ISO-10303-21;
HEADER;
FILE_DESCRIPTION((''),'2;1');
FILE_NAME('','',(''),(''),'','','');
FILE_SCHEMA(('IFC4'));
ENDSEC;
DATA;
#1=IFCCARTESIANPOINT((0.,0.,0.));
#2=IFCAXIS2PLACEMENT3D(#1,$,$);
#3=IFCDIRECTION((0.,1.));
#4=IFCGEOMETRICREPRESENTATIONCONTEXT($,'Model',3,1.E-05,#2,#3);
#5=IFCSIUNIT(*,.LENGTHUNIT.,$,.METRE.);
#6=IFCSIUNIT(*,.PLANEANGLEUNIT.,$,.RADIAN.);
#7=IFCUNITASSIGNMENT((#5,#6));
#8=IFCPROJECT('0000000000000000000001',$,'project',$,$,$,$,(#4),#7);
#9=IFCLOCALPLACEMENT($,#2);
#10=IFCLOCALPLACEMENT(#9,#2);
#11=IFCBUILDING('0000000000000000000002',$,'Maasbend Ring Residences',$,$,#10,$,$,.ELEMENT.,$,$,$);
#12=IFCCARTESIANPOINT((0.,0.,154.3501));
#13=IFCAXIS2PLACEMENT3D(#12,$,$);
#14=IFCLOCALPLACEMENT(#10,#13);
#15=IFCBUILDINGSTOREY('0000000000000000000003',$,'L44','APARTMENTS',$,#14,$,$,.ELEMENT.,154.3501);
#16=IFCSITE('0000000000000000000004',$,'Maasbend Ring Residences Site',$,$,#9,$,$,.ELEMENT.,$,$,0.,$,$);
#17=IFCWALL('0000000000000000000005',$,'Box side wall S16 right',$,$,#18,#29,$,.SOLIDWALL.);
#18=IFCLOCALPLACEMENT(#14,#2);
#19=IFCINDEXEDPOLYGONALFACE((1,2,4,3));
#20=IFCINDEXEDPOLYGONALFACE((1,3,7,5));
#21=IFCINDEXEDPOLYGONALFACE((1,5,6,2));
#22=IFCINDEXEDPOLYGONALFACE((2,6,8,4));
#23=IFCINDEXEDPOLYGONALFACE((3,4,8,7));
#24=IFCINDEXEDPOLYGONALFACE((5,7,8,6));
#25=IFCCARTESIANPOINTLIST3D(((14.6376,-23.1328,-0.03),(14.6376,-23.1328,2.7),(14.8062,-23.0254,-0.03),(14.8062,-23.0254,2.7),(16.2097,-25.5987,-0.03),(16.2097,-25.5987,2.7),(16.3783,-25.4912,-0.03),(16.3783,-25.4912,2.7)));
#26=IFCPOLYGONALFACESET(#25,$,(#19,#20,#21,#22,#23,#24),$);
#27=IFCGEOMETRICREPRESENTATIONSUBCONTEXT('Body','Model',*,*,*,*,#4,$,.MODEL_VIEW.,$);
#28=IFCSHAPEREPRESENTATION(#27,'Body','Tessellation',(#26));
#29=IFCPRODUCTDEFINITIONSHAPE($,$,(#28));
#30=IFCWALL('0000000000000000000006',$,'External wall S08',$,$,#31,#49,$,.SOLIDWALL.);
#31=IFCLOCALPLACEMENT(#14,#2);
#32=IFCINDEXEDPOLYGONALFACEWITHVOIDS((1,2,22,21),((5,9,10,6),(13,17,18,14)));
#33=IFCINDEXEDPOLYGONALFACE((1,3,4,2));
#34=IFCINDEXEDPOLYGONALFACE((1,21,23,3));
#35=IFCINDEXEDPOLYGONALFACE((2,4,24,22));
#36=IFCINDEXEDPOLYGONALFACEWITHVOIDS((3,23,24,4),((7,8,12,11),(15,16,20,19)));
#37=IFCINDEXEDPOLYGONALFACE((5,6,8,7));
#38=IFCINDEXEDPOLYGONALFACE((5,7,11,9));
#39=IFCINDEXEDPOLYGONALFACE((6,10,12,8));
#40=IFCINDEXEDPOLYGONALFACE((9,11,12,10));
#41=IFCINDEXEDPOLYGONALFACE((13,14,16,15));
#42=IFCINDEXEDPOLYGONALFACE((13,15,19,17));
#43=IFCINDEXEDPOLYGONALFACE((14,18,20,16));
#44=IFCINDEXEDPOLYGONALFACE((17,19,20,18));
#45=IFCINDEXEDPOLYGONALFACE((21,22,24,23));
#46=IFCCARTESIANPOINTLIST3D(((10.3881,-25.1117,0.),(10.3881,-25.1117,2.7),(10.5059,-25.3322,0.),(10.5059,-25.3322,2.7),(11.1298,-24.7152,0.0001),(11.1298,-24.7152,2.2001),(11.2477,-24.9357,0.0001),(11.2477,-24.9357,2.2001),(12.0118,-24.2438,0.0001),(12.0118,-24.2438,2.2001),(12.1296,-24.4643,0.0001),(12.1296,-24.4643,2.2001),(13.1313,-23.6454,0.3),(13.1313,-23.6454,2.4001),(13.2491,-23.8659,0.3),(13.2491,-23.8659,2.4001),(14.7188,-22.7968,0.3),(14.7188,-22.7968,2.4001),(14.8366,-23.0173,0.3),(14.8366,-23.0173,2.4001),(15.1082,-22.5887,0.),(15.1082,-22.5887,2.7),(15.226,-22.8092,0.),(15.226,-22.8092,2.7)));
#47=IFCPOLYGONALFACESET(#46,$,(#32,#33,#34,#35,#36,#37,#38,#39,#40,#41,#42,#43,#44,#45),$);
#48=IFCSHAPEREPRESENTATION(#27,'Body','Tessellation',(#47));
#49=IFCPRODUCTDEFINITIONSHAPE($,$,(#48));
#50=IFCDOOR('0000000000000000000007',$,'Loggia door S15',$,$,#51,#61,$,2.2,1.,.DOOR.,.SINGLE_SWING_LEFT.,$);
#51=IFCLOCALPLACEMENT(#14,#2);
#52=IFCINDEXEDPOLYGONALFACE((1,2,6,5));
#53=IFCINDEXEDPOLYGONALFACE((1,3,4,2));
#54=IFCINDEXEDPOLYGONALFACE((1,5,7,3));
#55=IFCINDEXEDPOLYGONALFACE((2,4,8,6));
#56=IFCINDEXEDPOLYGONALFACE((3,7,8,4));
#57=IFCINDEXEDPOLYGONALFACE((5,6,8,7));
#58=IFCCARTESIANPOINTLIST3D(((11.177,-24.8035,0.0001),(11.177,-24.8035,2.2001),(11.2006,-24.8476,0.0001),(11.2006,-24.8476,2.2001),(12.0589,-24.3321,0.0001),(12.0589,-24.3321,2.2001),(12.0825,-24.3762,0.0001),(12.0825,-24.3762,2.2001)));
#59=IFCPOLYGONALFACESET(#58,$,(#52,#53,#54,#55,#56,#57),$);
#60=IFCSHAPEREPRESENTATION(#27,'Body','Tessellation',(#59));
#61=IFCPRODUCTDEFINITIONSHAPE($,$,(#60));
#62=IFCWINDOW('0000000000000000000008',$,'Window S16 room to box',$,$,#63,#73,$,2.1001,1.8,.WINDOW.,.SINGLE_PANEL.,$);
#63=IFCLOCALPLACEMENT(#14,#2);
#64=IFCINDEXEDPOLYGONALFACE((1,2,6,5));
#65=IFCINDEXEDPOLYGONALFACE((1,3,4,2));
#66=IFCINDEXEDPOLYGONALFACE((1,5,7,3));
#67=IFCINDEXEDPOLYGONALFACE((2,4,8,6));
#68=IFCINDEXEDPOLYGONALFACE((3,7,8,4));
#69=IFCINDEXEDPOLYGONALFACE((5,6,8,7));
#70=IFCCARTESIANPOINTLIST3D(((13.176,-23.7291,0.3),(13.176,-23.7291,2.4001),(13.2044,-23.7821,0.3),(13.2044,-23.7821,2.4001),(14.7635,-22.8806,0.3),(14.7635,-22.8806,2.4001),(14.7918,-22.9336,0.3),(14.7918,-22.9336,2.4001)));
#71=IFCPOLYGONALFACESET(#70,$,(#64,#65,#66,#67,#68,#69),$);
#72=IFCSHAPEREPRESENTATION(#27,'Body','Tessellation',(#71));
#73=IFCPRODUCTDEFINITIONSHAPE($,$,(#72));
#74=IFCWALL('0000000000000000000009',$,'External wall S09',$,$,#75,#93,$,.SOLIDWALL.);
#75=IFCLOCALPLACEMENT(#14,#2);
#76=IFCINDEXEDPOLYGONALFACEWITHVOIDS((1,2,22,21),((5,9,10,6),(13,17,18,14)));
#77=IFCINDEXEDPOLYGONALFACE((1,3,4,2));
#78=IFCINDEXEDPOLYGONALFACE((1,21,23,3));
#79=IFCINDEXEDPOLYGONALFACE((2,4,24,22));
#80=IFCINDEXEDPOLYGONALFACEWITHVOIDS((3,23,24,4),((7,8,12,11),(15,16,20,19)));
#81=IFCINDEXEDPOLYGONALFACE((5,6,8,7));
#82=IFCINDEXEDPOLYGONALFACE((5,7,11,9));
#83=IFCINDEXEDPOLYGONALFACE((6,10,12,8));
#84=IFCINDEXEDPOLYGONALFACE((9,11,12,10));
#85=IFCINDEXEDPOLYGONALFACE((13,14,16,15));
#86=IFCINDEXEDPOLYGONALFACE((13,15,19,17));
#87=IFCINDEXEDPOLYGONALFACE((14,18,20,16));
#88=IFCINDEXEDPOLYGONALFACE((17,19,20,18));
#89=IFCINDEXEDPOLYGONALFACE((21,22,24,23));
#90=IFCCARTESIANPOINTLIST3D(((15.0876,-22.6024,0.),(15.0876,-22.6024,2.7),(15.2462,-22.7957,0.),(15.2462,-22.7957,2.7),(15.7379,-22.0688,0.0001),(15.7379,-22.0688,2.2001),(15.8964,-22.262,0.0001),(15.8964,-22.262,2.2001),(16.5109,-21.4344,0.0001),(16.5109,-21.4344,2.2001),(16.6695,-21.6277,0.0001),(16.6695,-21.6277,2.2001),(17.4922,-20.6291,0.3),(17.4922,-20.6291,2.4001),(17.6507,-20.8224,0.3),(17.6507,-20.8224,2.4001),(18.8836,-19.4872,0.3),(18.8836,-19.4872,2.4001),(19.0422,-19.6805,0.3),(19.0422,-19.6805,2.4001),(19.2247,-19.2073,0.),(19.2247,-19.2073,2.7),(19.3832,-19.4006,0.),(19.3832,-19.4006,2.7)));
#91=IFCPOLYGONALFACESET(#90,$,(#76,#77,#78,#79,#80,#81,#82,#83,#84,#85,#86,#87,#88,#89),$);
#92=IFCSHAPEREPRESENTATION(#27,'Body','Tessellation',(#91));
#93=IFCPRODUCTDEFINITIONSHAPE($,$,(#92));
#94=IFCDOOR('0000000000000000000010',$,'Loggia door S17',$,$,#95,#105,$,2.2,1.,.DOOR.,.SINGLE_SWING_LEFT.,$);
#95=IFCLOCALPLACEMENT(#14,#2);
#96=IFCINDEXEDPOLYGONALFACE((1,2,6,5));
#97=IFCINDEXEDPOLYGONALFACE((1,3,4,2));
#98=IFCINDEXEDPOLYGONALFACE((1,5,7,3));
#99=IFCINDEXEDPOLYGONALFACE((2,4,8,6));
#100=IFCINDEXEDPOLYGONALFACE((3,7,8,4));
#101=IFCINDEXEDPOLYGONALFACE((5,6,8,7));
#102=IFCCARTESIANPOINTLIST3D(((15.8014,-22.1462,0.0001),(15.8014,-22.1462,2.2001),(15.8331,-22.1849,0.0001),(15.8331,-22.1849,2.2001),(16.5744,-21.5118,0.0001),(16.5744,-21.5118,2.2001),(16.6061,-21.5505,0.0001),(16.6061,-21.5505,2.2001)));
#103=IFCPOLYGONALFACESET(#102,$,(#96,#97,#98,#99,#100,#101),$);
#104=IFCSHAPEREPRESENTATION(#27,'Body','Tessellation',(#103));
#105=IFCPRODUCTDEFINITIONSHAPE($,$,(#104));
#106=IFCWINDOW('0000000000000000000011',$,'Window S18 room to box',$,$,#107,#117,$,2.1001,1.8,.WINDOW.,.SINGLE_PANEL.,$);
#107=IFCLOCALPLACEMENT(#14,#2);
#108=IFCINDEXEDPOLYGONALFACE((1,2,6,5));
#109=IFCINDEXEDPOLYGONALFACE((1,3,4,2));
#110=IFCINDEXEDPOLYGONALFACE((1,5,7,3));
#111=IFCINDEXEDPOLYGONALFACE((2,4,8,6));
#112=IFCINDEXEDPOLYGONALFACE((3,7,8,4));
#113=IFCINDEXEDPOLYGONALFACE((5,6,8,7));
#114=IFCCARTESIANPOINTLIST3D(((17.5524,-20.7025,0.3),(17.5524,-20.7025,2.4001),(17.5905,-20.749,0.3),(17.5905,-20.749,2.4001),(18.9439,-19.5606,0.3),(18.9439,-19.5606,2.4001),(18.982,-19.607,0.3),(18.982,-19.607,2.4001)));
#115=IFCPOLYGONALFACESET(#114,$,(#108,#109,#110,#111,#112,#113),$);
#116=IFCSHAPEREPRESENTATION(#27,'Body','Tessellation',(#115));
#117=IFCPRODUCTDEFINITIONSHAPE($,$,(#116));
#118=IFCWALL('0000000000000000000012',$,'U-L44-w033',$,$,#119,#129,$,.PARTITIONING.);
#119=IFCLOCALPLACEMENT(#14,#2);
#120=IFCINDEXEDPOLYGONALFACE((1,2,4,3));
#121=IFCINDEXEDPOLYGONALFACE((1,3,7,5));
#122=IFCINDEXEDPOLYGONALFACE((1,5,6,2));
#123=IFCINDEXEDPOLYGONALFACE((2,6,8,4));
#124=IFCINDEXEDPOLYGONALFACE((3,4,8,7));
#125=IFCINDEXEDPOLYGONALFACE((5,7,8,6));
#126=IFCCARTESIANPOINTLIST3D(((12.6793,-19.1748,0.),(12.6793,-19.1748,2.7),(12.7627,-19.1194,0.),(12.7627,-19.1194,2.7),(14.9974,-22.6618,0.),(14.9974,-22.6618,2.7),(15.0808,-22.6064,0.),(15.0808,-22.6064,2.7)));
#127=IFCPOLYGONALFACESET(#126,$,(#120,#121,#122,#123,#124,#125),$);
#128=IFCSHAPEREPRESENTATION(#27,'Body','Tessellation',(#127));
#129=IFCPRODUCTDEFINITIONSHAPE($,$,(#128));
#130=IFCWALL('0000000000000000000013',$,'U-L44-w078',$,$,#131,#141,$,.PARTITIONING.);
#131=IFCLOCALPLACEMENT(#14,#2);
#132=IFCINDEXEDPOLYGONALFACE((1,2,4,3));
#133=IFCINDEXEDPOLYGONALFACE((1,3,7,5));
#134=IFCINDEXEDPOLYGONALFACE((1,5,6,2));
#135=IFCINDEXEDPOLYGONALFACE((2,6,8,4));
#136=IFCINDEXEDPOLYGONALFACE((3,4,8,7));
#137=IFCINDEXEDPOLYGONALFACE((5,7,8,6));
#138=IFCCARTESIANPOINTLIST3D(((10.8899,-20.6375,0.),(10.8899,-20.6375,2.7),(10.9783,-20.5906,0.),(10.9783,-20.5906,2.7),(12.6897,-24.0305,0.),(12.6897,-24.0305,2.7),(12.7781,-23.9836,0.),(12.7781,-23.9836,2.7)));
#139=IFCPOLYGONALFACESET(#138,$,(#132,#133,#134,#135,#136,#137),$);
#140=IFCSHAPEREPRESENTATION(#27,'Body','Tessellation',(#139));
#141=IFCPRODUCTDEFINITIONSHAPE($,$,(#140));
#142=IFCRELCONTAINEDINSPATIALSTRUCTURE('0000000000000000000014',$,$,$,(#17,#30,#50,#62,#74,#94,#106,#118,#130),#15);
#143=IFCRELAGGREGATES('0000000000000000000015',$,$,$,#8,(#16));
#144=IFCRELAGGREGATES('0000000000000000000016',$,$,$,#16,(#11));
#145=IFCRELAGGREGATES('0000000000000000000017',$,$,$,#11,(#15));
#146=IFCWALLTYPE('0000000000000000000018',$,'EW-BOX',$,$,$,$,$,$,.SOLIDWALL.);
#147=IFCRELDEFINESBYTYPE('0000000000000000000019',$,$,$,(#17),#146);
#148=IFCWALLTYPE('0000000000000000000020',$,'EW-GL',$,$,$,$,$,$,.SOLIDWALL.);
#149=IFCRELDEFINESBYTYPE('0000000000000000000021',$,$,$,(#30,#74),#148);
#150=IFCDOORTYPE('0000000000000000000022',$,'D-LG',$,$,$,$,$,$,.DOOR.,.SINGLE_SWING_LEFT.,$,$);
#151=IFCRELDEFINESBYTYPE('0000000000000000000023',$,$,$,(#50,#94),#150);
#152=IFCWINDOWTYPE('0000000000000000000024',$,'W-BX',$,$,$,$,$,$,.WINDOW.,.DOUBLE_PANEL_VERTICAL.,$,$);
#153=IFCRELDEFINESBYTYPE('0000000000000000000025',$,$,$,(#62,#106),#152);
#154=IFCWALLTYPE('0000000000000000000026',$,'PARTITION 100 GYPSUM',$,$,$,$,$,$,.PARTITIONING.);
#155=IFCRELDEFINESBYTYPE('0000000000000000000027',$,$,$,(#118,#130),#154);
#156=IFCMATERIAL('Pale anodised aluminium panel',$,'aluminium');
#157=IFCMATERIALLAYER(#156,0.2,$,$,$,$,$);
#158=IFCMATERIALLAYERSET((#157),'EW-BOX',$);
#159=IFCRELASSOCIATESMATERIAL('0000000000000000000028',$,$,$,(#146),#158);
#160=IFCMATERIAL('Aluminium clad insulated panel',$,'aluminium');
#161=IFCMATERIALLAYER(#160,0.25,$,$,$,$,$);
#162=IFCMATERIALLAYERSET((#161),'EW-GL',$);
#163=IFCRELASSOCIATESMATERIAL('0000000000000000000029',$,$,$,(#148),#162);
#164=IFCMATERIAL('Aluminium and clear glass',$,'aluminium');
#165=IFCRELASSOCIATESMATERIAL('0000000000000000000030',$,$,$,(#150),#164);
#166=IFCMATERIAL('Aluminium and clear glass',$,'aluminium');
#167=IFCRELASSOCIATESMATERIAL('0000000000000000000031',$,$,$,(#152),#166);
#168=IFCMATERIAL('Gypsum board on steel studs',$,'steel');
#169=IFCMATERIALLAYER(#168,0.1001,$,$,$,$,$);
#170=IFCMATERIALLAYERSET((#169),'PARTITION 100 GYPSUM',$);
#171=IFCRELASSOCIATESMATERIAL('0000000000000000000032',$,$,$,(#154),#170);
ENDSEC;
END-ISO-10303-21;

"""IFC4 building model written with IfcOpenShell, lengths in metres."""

from ifc_helpers import new_model, si_unit, direction, frame, frame_2d, origin, place, context, subcontext, project, spatial, rectangle, extrude, material, layer, layer_set, type_object, element, fill, save


model = new_model("IFC4")

# Units and contexts
model_context = context("Model", 3, precision=1e-05, world=origin(), true_north=direction((0.0, 1.0)))
body_context = subcontext(model_context, "Body", "Model", "MODEL_VIEW")
ifc_project = project(units=[si_unit("LENGTHUNIT", "METRE"), si_unit("PLANEANGLEUNIT", "RADIAN")], contexts=[model_context])

# Site, building, storey
site_placement = place(None, origin())
site = spatial("IfcSite", under=ifc_project, at=site_placement, Name="Maasbend Ring Residences Site", CompositionType="ELEMENT", RefElevation=0.0)
building_placement = place(site_placement, origin())
building = spatial("IfcBuilding", under=site, at=building_placement, Name="Maasbend Ring Residences", CompositionType="ELEMENT")
storey_placement = place(building_placement, frame((0.0, 0.0, 154.3501)))
storey = spatial("IfcBuildingStorey", under=building, at=storey_placement, Name="L44", Description="APARTMENTS", CompositionType="ELEMENT", Elevation=154.3501)

# Shared definitions
ifc_material_1 = material(Name="Pale anodised aluminium panel", Category="aluminium")
ifc_layer_1 = layer(ifc_material_1, 0.2)
ifc_layer_set_1 = layer_set([ifc_layer_1], Name="EW-BOX")
wall_type_1 = type_object("IfcWallType", Name="EW-BOX", PredefinedType="SOLIDWALL", material=ifc_layer_set_1)

# Wall
wall_1_placement = place(storey_placement, frame((14.7219, -23.0791, -0.03), z_axis=(0.0, 0.0, 1.0), x_axis=(0.537572, -0.843218, 0.0)))
element("IfcWall", 1, at=wall_1_placement, inside=storey, type_object=wall_type_1, Name="Box side wall S16 right", PredefinedType="SOLIDWALL", context=body_context, shape_type="SweptSolid", body=[
    extrude(rectangle(XDim=2.9243, YDim=0.2, at=frame_2d((1.4622, 0.0))), origin(), (0.0, 0.0, 1.0), 2.73),
])

# Walls, openings, doors, windows
ifc_material_2 = material(Name="Aluminium clad insulated panel", Category="aluminium")
ifc_layer_2 = layer(ifc_material_2, 0.25)
ifc_layer_set_2 = layer_set([ifc_layer_2], Name="EW-GL")
wall_type_2 = type_object("IfcWallType", Name="EW-GL", PredefinedType="SOLIDWALL", material=ifc_layer_set_2)
wall_2_placement = place(storey_placement, frame((10.447, -25.2219, 0.0), z_axis=(0.0, 0.0, 1.0), x_axis=(0.881916, 0.471407, 0.0)))
wall_2 = element("IfcWall", 2, at=wall_2_placement, inside=storey, type_object=wall_type_2, Name="External wall S08", PredefinedType="SOLIDWALL", context=body_context, shape_type="SweptSolid", body=[
    extrude(rectangle(XDim=5.3521, YDim=0.25, at=frame_2d((2.676, 0.0))), origin(), (0.0, 0.0, 1.0), 2.7),
])
opening_1_placement = place(wall_2_placement, frame((0.8411, 0.0, 0.0)))
opening_1 = element("IfcOpeningElement", 3, at=opening_1_placement, cuts=wall_2, PredefinedType="OPENING", context=body_context, shape_type="SweptSolid", body=[
    extrude(rectangle(XDim=1.0, YDim=2.2, at=frame_2d((0.5, 1.1001))), frame((0.0, 0.135, 0.0), z_axis=(0.0, -1.0, 0.0), x_axis=(1.0, 0.0, 0.0)), (0.0, 0.0, 1.0), 0.27),
])
opening_2_placement = place(wall_2_placement, frame((3.1106, 0.0, 0.3)))
opening_2 = element("IfcOpeningElement", 4, at=opening_2_placement, cuts=wall_2, PredefinedType="OPENING", context=body_context, shape_type="SweptSolid", body=[
    extrude(rectangle(XDim=1.8, YDim=2.1001, at=frame_2d((0.8999, 1.05))), frame((0.0, 0.135, 0.0), z_axis=(0.0, -1.0, 0.0), x_axis=(1.0, 0.0, 0.0)), (0.0, 0.0, 1.0), 0.27),
])
ifc_material_3 = material(Name="Aluminium and clear glass", Category="aluminium")
door_type_1 = type_object("IfcDoorType", Name="D-LG", OperationType="SINGLE_SWING_LEFT", PredefinedType="DOOR", material=ifc_material_3)
door_1_placement = place(opening_1_placement, origin())
door_1 = element("IfcDoor", 5, at=door_1_placement, inside=storey, type_object=door_type_1, Name="Loggia door S15", OperationType="SINGLE_SWING_LEFT", OverallHeight=2.2, OverallWidth=1.0, PredefinedType="DOOR", context=body_context, shape_type="SweptSolid", body=[
    extrude(rectangle(XDim=1.0, YDim=2.2, at=frame_2d((0.5, 1.1001))), frame((0.0, 0.0249, 0.0), z_axis=(0.0, -1.0, 0.0), x_axis=(1.0, 0.0, 0.0)), (0.0, 0.0, 1.0), 0.05),
])
fill(opening_1, door_1)
ifc_material_4 = material(Name="Aluminium and clear glass", Category="aluminium")
window_type_1 = type_object("IfcWindowType", Name="W-BX", PartitioningType="DOUBLE_PANEL_VERTICAL", PredefinedType="WINDOW", material=ifc_material_4)
window_1_placement = place(opening_2_placement, origin())
window_1 = element("IfcWindow", 6, at=window_1_placement, inside=storey, type_object=window_type_1, Name="Window S16 room to box", OverallHeight=2.1001, OverallWidth=1.8, PartitioningType="SINGLE_PANEL", PredefinedType="WINDOW", context=body_context, shape_type="SweptSolid", body=[
    extrude(rectangle(XDim=1.8, YDim=2.1001, at=frame_2d((0.8999, 1.05))), frame((0.0, 0.03, 0.0), z_axis=(0.0, -1.0, 0.0), x_axis=(1.0, 0.0, 0.0)), (0.0, 0.0, 1.0), 0.0601),
])
fill(opening_2, window_1)
wall_3_placement = place(storey_placement, frame((15.167, -22.699, 0.0), z_axis=(0.0, 0.0, 1.0), x_axis=(0.773019, 0.634382, 0.0)))
wall_3 = element("IfcWall", 7, at=wall_3_placement, inside=storey, type_object=wall_type_2, Name="External wall S09", PredefinedType="SOLIDWALL", context=body_context, shape_type="SweptSolid", body=[
    extrude(rectangle(XDim=5.3518, YDim=0.25, at=frame_2d((2.6758, 0.0))), origin(), (0.0, 0.0, 1.0), 2.7),
])
opening_3_placement = place(wall_3_placement, frame((0.8411, 0.0, 0.0)))
opening_3 = element("IfcOpeningElement", 8, at=opening_3_placement, cuts=wall_3, PredefinedType="OPENING", context=body_context, shape_type="SweptSolid", body=[
    extrude(rectangle(XDim=1.0, YDim=2.2, at=frame_2d((0.5, 1.1001))), frame((0.0, 0.135, 0.0), z_axis=(0.0, -1.0, 0.0), x_axis=(1.0, 0.0, 0.0)), (0.0, 0.0, 1.0), 0.27),
])
opening_4_placement = place(wall_3_placement, frame((3.1106, 0.0, 0.3)))
opening_4 = element("IfcOpeningElement", 9, at=opening_4_placement, cuts=wall_3, PredefinedType="OPENING", context=body_context, shape_type="SweptSolid", body=[
    extrude(rectangle(XDim=1.8, YDim=2.1001, at=frame_2d((0.8999, 1.05))), frame((0.0, 0.135, 0.0), z_axis=(0.0, -1.0, 0.0), x_axis=(1.0, 0.0, 0.0)), (0.0, 0.0, 1.0), 0.27),
])
door_2_placement = place(opening_3_placement, origin())
door_2 = element("IfcDoor", 10, at=door_2_placement, inside=storey, type_object=door_type_1, Name="Loggia door S17", OperationType="SINGLE_SWING_LEFT", OverallHeight=2.2, OverallWidth=1.0, PredefinedType="DOOR", context=body_context, shape_type="SweptSolid", body=[
    extrude(rectangle(XDim=1.0, YDim=2.2, at=frame_2d((0.5, 1.1001))), frame((0.0, 0.0249, 0.0), z_axis=(0.0, -1.0, 0.0), x_axis=(1.0, 0.0, 0.0)), (0.0, 0.0, 1.0), 0.05),
])
fill(opening_3, door_2)
window_2_placement = place(opening_4_placement, origin())
window_2 = element("IfcWindow", 11, at=window_2_placement, inside=storey, type_object=window_type_1, Name="Window S18 room to box", OverallHeight=2.1001, OverallWidth=1.8, PartitioningType="SINGLE_PANEL", PredefinedType="WINDOW", context=body_context, shape_type="SweptSolid", body=[
    extrude(rectangle(XDim=1.8, YDim=2.1001, at=frame_2d((0.8999, 1.05))), frame((0.0, 0.03, 0.0), z_axis=(0.0, -1.0, 0.0), x_axis=(1.0, 0.0, 0.0)), (0.0, 0.0, 1.0), 0.0601),
])
fill(opening_4, window_2)

# Walls
ifc_material_5 = material(Name="Gypsum board on steel studs", Category="steel")
ifc_layer_3 = layer(ifc_material_5, 0.1001)
ifc_layer_set_3 = layer_set([ifc_layer_3], Name="PARTITION 100 GYPSUM")
wall_type_3 = type_object("IfcWallType", Name="PARTITION 100 GYPSUM", PredefinedType="PARTITIONING", material=ifc_layer_set_3)
wall_4_placement = place(storey_placement, frame((12.7209, -19.147, 0.0), z_axis=(0.0, 0.0, 1.0), x_axis=(0.55361, -0.832776, 0.0)))
element("IfcWall", 12, at=wall_4_placement, inside=storey, type_object=wall_type_3, Name="U-L44-w033", PredefinedType="PARTITIONING", context=body_context, shape_type="SweptSolid", body=[
    extrude(rectangle(XDim=4.1873, YDim=0.1001, at=frame_2d((2.0938, 0.0))), origin(), (0.0, 0.0, 1.0), 2.7),
])
wall_5_placement = place(storey_placement, frame((10.9341, -20.614, 0.0), z_axis=(0.0, 0.0, 1.0), x_axis=(0.468594, -0.883413, 0.0)))
element("IfcWall", 13, at=wall_5_placement, inside=storey, type_object=wall_type_3, Name="U-L44-w078", PredefinedType="PARTITIONING", context=body_context, shape_type="SweptSolid", body=[
    extrude(rectangle(XDim=3.8408, YDim=0.1001, at=frame_2d((1.9204, 0.0))), origin(), (0.0, 0.0, 1.0), 2.7),
])

save(model, "model.ifc")
